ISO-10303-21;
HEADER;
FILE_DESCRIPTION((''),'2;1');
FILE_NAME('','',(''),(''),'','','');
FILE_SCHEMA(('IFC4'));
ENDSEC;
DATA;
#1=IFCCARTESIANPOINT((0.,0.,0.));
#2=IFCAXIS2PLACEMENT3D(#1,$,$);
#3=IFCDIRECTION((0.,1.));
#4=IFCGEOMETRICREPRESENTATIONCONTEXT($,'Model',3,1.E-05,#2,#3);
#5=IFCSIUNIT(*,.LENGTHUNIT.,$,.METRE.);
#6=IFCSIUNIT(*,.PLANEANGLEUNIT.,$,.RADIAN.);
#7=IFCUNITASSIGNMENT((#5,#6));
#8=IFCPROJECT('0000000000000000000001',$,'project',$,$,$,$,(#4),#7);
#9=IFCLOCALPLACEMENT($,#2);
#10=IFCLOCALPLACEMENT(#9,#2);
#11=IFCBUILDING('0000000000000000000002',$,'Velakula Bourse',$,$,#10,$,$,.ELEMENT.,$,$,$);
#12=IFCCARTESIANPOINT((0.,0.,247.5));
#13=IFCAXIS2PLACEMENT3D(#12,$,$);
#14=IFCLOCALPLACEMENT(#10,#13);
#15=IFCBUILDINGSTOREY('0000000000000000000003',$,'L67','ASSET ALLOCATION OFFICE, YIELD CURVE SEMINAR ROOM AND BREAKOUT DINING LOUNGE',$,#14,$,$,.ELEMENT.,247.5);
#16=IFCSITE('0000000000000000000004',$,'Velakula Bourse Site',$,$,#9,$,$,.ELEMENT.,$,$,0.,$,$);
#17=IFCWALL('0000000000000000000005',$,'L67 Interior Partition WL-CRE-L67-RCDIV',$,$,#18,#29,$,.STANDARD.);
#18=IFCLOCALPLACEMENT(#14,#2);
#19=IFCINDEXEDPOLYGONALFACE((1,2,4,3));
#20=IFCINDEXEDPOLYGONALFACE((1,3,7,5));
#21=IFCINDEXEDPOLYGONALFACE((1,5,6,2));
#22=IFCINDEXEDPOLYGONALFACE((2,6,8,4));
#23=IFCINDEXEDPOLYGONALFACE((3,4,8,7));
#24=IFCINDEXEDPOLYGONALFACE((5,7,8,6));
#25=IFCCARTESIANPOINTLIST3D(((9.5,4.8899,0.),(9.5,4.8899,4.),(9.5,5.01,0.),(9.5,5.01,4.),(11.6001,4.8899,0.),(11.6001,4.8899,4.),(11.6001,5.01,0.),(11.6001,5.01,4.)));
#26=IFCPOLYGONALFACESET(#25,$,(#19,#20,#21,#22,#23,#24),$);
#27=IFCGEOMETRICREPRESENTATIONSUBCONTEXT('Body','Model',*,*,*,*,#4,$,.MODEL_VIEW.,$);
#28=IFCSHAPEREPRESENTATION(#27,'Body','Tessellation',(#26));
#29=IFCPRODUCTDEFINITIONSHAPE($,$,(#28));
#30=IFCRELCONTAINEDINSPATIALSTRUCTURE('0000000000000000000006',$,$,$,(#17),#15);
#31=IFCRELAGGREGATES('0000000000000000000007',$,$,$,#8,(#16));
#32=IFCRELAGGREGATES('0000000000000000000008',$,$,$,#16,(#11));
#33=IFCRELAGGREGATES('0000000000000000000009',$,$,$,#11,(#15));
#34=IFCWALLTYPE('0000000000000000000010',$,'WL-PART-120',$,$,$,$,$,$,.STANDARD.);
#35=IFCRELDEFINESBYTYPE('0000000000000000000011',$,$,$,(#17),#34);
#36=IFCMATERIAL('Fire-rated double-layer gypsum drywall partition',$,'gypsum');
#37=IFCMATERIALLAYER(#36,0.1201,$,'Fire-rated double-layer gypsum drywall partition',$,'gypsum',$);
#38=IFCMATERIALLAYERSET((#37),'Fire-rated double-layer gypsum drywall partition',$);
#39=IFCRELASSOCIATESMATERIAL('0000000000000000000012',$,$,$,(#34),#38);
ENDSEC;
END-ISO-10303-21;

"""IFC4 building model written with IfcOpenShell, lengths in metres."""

from ifc_helpers import new_model, si_unit, direction, frame, frame_2d, origin, place, context, subcontext, project, spatial, rectangle, extrude, material, layer, layer_set, type_object, element, save


model = new_model("IFC4")

# Units and contexts
model_context = context("Model", 3, precision=1e-05, world=origin(), true_north=direction((0.0, 1.0)))
body_context = subcontext(model_context, "Body", "Model", "MODEL_VIEW")
ifc_project = project(units=[si_unit("LENGTHUNIT", "METRE"), si_unit("PLANEANGLEUNIT", "RADIAN")], contexts=[model_context])

# Site, building, storey
site_placement = place(None, origin())
site = spatial("IfcSite", under=ifc_project, at=site_placement, Name="Velakula Bourse Site", CompositionType="ELEMENT", RefElevation=0.0)
building_placement = place(site_placement, origin())
building = spatial("IfcBuilding", under=site, at=building_placement, Name="Velakula Bourse", CompositionType="ELEMENT")
storey_placement = place(building_placement, frame((0.0, 0.0, 247.5)))
storey = spatial("IfcBuildingStorey", under=building, at=storey_placement, Name="L67", Description="ASSET ALLOCATION OFFICE, YIELD CURVE SEMINAR ROOM AND BREAKOUT DINING LOUNGE", CompositionType="ELEMENT", Elevation=247.5)

# Wall
ifc_material_1 = material(Name="Fire-rated double-layer gypsum drywall partition", Category="gypsum")
ifc_layer_1 = layer(ifc_material_1, 0.1201, Name="Fire-rated double-layer gypsum drywall partition", Category="gypsum")
ifc_layer_set_1 = layer_set([ifc_layer_1], Name="Fire-rated double-layer gypsum drywall partition")
wall_type_1 = type_object("IfcWallType", Name="WL-PART-120", PredefinedType="STANDARD", material=ifc_layer_set_1)
wall_1_placement = place(storey_placement, frame((9.5, 4.95, 0.0), z_axis=(0.0, 0.0, 1.0), x_axis=(1.0, 0.0, 0.0)))
element("IfcWall", 1, at=wall_1_placement, inside=storey, type_object=wall_type_1, Name="L67 Interior Partition WL-CRE-L67-RCDIV", PredefinedType="STANDARD", context=body_context, shape_type="SweptSolid", body=[
    extrude(rectangle(XDim=2.1001, YDim=0.1201, at=frame_2d((1.05, 0.0))), origin(), (0.0, 0.0, 1.0), 4.0),
])

save(model, "model.ifc")
